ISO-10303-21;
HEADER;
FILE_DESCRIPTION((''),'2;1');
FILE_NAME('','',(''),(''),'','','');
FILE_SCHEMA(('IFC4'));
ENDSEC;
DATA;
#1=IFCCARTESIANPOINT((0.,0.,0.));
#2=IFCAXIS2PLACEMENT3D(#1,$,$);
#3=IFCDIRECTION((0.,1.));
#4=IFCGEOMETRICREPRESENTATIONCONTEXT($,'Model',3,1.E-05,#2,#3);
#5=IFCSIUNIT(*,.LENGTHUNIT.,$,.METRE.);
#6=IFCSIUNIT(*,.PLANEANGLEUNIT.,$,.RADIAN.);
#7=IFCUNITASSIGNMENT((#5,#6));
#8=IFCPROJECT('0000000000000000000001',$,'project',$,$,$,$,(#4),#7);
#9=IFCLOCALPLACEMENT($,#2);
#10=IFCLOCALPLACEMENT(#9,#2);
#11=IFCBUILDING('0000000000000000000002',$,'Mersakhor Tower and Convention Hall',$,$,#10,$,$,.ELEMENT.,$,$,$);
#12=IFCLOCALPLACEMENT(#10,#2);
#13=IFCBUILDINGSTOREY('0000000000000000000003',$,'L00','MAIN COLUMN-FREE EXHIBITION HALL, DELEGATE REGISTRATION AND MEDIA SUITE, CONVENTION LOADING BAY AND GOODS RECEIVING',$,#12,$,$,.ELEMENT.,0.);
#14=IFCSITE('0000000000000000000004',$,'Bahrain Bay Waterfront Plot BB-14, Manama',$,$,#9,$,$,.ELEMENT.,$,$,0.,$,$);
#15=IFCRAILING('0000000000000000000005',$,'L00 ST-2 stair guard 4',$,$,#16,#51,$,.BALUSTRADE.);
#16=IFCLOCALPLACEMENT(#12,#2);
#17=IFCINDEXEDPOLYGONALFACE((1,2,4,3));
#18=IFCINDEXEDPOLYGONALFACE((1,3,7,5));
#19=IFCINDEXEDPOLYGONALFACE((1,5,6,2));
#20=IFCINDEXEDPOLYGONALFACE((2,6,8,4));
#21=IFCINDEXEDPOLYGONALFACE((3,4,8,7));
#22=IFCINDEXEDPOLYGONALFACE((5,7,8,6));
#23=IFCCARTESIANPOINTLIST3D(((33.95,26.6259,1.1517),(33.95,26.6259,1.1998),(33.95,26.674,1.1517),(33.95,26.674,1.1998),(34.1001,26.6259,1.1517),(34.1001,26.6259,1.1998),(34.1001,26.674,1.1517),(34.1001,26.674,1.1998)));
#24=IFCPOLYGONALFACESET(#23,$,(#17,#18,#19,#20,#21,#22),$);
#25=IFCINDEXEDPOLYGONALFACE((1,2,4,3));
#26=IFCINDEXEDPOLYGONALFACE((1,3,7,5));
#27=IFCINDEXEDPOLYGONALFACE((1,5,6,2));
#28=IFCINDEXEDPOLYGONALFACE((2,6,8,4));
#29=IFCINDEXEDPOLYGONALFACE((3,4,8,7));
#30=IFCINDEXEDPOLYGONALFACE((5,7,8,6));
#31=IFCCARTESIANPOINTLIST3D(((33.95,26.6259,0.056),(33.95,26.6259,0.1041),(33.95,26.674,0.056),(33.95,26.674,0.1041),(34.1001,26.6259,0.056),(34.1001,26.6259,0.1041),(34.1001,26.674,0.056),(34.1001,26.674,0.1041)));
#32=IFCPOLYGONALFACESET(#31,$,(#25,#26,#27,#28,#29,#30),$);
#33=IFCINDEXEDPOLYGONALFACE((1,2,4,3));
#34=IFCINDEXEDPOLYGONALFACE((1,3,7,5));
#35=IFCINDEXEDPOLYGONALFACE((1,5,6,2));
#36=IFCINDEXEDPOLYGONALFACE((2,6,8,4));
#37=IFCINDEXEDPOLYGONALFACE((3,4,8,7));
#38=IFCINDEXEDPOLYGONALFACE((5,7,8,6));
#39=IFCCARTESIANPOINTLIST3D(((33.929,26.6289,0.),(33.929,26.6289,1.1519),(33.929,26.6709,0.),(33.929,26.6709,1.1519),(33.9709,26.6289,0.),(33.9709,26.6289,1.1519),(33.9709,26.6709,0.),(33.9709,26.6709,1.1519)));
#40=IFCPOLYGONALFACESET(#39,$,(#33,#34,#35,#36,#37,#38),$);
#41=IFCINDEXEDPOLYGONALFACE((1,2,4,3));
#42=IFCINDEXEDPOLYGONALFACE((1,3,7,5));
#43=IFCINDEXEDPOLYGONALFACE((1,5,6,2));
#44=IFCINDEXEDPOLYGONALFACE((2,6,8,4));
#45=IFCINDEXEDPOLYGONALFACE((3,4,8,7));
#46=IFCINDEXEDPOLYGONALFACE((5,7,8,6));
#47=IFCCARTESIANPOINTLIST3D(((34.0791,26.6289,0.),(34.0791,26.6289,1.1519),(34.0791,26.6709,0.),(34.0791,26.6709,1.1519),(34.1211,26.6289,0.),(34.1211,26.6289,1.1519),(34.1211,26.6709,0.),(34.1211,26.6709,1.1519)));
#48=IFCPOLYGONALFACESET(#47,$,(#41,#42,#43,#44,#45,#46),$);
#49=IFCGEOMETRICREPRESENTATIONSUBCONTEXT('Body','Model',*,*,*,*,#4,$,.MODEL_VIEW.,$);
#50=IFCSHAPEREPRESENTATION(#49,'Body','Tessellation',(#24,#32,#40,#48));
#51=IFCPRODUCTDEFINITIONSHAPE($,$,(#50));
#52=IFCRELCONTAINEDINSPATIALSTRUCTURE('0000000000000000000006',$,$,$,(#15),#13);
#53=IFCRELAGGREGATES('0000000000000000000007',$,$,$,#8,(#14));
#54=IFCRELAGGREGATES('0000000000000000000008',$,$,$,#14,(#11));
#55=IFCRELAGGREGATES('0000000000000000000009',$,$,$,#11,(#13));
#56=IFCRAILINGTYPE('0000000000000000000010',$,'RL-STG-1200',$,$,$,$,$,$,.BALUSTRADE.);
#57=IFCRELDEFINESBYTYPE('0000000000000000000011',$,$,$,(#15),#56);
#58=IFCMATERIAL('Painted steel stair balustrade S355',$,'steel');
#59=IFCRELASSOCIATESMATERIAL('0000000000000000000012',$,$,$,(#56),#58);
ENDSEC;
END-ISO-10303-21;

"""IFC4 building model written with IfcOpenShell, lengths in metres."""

from ifc_helpers import new_model, si_unit, direction, frame, origin, origin_2d, place, context, subcontext, project, spatial, rectangle, extrude, material, type_object, element, save


model = new_model("IFC4")

# Units and contexts
model_context = context("Model", 3, precision=1e-05, world=origin(), true_north=direction((0.0, 1.0)))
body_context = subcontext(model_context, "Body", "Model", "MODEL_VIEW")
ifc_project = project(units=[si_unit("LENGTHUNIT", "METRE"), si_unit("PLANEANGLEUNIT", "RADIAN")], contexts=[model_context])

# Site, building, storey
site_placement = place(None, origin())
site = spatial("IfcSite", under=ifc_project, at=site_placement, Name="Bahrain Bay Waterfront Plot BB-14, Manama", CompositionType="ELEMENT", RefElevation=0.0)
building_placement = place(site_placement, origin())
building = spatial("IfcBuilding", under=site, at=building_placement, Name="Mersakhor Tower and Convention Hall", CompositionType="ELEMENT")
storey_placement = place(building_placement, origin())
storey = spatial("IfcBuildingStorey", under=building, at=storey_placement, Name="L00", Description="MAIN COLUMN-FREE EXHIBITION HALL, DELEGATE REGISTRATION AND MEDIA SUITE, CONVENTION LOADING BAY AND GOODS RECEIVING", CompositionType="ELEMENT", Elevation=0.0)

# Railing
ifc_material_1 = material(Name="Painted steel stair balustrade S355", Category="steel")
railing_type_1 = type_object("IfcRailingType", Name="RL-STG-1200", PredefinedType="BALUSTRADE", material=ifc_material_1)
railing_1_placement = place(storey_placement, frame((33.95, 26.6499, 0.0)))
element("IfcRailing", 1, at=railing_1_placement, inside=storey, type_object=railing_type_1, Name="L00 ST-2 stair guard 4", PredefinedType="BALUSTRADE", context=body_context, shape_type="SweptSolid", body=[
    extrude(rectangle(XDim=0.0481, YDim=0.0481, at=origin_2d()), frame((0.0, 0.0, 1.1758), z_axis=(1.0, 0.0, 0.0), x_axis=(0.0, 1.0, 0.0)), (0.0, 0.0, 1.0), 0.1501),
    extrude(rectangle(XDim=0.0481, YDim=0.0481, at=origin_2d()), frame((0.0, 0.0, 0.0801), z_axis=(1.0, 0.0, 0.0), x_axis=(0.0, 1.0, 0.0)), (0.0, 0.0, 1.0), 0.1501),
    extrude(rectangle(XDim=0.042, YDim=0.042, at=origin_2d()), origin(), (0.0, 0.0, 1.0), 1.1519),
    extrude(rectangle(XDim=0.042, YDim=0.042, at=origin_2d()), frame((0.1501, 0.0, 0.0)), (0.0, 0.0, 1.0), 1.1519),
])

save(model, "model.ifc")
